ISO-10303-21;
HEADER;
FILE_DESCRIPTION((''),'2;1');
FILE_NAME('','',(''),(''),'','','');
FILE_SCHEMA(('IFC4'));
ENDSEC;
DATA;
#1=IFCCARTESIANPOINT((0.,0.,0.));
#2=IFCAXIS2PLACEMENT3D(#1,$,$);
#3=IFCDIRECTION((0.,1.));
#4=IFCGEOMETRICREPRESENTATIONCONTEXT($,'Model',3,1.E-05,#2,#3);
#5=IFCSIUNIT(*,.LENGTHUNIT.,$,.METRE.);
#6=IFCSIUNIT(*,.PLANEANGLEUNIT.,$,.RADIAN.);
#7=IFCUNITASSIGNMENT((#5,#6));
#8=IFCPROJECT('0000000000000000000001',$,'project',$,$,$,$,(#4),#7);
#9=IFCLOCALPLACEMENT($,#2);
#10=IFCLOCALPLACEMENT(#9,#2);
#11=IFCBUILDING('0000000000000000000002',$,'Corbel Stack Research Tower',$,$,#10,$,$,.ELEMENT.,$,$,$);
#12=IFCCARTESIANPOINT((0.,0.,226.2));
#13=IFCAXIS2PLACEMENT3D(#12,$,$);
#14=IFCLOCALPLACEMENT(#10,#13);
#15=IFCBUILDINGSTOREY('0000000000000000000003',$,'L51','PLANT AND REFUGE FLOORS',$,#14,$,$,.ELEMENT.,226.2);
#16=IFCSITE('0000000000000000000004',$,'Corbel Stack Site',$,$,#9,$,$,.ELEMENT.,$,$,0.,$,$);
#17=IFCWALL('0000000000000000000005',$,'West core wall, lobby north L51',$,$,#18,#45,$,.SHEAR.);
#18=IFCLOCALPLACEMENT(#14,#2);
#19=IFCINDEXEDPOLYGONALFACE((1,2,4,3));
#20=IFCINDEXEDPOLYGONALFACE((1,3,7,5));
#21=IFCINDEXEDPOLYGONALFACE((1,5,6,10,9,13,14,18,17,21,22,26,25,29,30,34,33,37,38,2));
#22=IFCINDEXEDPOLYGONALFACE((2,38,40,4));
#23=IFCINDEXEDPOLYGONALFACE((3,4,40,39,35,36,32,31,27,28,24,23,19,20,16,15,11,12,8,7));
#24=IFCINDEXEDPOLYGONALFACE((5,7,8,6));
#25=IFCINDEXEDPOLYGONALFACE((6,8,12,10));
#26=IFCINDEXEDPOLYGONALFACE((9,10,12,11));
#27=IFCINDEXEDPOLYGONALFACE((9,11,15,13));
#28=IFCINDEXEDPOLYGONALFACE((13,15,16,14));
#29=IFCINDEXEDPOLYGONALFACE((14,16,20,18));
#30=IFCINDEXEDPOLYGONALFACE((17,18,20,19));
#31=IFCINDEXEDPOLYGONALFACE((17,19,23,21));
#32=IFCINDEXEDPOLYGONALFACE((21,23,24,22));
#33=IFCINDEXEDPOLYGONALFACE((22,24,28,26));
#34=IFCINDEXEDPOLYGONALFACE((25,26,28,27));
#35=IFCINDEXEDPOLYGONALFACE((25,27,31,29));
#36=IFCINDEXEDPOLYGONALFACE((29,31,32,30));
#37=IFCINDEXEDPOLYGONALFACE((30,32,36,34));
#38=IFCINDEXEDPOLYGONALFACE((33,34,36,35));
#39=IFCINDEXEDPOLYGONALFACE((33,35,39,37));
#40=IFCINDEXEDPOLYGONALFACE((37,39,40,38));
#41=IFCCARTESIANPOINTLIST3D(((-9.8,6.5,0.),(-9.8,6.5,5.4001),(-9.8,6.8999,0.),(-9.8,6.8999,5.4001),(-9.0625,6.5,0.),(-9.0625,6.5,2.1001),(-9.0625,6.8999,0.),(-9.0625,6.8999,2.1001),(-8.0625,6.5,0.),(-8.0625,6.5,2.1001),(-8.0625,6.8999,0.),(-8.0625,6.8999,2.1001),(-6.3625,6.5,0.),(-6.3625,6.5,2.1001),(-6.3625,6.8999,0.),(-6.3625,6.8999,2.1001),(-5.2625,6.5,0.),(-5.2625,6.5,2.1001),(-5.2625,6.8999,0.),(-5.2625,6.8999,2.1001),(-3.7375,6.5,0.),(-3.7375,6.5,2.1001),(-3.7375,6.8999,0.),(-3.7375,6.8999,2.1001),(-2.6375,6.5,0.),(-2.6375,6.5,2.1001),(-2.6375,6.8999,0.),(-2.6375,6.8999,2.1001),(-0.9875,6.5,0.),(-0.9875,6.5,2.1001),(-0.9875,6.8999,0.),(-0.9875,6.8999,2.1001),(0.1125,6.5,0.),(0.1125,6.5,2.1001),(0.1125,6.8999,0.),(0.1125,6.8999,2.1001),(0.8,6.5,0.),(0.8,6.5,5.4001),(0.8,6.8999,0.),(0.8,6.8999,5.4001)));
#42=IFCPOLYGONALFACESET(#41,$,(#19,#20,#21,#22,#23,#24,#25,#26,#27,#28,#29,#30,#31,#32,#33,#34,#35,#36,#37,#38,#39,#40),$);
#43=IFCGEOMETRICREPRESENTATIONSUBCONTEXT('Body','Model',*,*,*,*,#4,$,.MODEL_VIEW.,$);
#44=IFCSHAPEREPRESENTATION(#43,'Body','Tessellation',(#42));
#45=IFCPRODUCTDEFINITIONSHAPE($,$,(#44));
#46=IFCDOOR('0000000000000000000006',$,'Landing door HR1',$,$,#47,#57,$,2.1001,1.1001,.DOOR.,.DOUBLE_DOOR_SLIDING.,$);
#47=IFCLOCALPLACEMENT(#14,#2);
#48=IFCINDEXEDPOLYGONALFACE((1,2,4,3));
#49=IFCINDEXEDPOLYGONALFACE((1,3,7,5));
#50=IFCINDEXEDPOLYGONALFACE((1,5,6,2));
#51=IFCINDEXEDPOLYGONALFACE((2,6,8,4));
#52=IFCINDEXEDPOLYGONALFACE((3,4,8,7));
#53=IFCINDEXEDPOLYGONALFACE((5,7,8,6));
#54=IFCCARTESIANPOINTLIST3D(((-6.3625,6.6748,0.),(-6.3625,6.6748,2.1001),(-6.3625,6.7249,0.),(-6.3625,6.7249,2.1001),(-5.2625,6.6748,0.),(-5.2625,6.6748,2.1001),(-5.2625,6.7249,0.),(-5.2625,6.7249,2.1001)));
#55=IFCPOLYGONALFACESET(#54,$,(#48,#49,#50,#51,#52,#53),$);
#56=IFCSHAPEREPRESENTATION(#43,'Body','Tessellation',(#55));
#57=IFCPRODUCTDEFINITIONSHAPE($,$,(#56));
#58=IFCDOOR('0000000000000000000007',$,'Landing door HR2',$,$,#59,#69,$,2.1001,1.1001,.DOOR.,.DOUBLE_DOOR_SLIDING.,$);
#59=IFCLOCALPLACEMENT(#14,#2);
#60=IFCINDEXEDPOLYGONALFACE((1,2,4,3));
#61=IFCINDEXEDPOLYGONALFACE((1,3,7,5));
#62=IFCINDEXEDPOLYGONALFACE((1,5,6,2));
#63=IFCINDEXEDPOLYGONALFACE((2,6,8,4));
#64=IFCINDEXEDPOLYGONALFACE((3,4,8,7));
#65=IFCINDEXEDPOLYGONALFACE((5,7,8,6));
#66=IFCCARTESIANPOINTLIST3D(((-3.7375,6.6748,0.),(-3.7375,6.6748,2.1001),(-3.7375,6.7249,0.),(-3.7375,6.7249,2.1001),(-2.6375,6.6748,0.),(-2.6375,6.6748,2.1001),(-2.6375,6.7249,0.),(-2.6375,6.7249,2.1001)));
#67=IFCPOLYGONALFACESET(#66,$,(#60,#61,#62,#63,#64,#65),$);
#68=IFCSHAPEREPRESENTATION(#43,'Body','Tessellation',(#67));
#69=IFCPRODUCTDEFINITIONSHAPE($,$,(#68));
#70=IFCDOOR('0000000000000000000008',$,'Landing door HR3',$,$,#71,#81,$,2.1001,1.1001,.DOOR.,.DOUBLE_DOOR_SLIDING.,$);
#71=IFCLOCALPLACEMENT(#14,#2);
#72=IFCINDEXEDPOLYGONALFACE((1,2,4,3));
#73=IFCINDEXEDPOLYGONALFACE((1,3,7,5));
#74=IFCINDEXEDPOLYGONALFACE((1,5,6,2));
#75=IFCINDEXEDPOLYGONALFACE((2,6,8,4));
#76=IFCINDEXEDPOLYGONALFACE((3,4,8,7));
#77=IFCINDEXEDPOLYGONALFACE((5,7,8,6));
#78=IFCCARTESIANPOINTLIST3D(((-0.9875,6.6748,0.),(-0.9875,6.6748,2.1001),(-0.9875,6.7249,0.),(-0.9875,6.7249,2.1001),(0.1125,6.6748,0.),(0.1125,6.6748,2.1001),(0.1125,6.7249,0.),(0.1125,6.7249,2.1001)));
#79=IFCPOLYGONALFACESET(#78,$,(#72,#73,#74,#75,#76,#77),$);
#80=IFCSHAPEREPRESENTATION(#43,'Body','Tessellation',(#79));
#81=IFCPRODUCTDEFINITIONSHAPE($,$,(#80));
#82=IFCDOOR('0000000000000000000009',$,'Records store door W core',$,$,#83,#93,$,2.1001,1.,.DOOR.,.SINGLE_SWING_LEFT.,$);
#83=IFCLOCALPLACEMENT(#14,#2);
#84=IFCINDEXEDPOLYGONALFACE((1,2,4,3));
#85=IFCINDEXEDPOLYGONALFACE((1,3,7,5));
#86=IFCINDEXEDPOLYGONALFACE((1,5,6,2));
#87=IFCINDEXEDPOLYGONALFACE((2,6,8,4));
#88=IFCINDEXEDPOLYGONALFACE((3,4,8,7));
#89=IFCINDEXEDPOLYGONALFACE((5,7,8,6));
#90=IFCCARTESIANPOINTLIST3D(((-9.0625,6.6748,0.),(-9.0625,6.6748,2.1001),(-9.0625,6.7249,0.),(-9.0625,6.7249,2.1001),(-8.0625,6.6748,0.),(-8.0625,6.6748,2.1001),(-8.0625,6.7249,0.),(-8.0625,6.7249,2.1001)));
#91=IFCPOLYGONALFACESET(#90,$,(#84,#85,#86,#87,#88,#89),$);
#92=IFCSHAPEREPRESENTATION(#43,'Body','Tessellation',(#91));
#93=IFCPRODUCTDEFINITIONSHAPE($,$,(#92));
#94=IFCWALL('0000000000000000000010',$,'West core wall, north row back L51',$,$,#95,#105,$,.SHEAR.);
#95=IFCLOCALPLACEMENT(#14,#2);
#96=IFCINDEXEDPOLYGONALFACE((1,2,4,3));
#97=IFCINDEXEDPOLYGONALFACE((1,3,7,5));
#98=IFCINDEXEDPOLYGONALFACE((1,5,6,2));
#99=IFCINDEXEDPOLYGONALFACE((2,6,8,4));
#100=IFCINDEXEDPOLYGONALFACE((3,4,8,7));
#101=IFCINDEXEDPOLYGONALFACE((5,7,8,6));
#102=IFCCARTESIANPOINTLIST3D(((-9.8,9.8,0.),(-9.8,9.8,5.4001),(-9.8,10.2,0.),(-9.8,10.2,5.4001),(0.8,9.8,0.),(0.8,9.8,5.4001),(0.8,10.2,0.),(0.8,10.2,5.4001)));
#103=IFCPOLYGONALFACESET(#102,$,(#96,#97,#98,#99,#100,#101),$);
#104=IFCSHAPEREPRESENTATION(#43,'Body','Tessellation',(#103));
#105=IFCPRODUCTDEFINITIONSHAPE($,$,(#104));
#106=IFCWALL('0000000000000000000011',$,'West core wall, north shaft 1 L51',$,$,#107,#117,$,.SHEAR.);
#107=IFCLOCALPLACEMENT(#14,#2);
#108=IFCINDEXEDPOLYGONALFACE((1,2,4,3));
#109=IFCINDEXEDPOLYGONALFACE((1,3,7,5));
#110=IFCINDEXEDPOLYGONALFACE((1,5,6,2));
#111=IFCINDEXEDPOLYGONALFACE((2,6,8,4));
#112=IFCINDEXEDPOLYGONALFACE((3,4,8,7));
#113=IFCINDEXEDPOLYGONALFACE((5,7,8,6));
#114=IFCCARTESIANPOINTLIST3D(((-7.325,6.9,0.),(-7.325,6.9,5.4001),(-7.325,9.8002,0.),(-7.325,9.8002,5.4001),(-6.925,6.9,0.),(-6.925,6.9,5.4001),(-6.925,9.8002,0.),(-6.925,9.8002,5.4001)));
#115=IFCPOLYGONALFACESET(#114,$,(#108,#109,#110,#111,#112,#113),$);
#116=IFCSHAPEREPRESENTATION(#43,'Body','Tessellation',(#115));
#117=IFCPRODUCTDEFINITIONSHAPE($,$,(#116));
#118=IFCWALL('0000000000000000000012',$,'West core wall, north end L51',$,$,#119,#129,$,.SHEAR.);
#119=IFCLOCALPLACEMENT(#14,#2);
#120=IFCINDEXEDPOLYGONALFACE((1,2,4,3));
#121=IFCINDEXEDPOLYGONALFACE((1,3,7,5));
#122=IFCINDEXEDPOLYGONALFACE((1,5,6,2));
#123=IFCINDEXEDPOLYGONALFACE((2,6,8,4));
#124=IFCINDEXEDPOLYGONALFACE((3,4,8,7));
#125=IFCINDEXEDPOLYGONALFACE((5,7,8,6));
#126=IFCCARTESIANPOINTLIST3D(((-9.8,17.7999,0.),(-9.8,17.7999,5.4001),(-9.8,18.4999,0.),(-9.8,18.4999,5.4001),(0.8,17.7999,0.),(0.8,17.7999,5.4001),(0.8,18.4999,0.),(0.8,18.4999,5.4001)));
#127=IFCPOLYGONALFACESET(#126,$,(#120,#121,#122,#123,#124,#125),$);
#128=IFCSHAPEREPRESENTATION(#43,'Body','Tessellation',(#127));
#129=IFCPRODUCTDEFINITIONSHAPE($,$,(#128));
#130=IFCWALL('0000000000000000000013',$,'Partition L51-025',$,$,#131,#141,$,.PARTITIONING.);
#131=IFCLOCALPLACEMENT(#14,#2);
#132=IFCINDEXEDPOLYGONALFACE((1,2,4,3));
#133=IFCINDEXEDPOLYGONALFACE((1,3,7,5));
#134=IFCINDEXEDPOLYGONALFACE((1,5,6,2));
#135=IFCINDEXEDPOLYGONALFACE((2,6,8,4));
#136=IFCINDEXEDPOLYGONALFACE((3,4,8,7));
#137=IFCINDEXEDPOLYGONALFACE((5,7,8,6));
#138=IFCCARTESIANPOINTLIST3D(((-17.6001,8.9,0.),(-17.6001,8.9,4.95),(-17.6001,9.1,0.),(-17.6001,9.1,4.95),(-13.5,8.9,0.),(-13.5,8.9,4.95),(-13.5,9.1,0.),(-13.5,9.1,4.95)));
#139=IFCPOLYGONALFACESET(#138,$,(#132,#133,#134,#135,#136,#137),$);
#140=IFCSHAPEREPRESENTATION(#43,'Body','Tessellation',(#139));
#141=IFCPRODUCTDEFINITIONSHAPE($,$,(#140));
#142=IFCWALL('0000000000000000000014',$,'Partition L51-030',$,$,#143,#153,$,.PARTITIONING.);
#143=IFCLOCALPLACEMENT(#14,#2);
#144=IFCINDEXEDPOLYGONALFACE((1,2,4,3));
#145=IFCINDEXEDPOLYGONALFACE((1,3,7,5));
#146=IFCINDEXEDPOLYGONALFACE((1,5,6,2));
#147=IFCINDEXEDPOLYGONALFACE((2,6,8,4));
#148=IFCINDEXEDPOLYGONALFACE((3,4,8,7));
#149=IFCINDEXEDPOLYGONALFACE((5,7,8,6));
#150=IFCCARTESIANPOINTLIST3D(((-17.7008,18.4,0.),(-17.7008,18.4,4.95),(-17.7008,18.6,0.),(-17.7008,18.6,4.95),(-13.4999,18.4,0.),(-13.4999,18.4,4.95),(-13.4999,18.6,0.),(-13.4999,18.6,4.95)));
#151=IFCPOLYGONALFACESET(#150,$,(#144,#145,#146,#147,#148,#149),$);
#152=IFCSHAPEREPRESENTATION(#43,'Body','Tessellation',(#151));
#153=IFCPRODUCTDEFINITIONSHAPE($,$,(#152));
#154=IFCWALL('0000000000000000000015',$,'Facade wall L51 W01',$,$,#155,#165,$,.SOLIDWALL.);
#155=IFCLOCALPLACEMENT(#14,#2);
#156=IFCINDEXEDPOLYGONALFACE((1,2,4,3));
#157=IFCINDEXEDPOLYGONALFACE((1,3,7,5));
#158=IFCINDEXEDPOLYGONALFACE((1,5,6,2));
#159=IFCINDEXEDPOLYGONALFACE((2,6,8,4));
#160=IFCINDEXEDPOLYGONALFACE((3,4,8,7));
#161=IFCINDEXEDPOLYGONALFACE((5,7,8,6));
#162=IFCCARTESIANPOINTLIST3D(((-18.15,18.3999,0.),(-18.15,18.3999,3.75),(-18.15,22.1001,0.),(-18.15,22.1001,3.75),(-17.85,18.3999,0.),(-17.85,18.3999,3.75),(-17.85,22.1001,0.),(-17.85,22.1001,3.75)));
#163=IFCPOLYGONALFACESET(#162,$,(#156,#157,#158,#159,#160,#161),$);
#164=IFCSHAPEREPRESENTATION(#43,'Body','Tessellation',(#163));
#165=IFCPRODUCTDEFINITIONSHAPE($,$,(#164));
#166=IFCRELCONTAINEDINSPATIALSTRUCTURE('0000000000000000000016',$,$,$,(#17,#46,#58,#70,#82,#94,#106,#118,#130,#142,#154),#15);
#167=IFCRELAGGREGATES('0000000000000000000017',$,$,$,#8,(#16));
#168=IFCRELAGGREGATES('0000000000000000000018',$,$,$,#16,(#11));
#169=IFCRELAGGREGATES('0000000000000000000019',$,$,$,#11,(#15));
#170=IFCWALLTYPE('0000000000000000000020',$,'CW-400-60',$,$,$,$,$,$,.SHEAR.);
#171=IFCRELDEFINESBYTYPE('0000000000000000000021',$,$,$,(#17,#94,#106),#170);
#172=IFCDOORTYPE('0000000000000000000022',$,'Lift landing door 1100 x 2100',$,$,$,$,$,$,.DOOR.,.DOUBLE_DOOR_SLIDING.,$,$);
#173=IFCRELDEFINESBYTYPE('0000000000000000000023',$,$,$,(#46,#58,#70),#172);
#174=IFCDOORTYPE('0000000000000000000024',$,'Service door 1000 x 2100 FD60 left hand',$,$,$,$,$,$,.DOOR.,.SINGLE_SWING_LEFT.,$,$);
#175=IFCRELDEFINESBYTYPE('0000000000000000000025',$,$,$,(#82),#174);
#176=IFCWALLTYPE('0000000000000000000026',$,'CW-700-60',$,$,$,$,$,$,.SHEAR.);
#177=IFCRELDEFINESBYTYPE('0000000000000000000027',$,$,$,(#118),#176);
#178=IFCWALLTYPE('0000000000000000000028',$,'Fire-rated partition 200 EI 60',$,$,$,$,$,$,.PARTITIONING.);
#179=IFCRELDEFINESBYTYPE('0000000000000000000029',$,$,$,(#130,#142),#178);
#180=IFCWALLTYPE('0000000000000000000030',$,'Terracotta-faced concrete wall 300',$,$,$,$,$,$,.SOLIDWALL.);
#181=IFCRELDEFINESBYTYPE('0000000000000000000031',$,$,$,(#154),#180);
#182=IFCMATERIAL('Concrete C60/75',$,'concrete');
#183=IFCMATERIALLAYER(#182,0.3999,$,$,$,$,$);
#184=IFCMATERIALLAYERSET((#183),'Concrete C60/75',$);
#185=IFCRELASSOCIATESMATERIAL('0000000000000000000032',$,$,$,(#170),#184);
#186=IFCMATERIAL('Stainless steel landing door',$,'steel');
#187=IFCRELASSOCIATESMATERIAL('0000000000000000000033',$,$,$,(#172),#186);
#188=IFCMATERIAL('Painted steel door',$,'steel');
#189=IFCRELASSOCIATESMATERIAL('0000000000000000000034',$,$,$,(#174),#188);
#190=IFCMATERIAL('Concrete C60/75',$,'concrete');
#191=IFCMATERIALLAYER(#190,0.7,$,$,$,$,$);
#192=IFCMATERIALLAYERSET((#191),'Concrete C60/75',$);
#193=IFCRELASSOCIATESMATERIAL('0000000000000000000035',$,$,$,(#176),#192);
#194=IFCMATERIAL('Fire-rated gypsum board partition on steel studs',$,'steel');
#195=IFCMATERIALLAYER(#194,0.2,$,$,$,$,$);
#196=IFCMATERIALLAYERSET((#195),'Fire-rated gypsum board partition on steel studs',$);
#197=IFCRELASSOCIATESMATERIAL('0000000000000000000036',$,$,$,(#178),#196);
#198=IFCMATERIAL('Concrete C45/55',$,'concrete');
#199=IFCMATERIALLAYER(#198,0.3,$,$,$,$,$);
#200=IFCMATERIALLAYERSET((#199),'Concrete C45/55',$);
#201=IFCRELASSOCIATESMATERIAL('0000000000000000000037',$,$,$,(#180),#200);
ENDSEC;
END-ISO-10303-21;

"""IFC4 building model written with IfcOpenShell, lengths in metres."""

from ifc_helpers import new_model, si_unit, direction, frame, frame_2d, origin, place, context, subcontext, project, spatial, rectangle, extrude, material, layer, layer_set, type_object, element, fill, save


model = new_model("IFC4")

# Units and contexts
model_context = context("Model", 3, precision=1e-05, world=origin(), true_north=direction((0.0, 1.0)))
body_context = subcontext(model_context, "Body", "Model", "MODEL_VIEW")
ifc_project = project(units=[si_unit("LENGTHUNIT", "METRE"), si_unit("PLANEANGLEUNIT", "RADIAN")], contexts=[model_context])

# Site, building, storey
site_placement = place(None, origin())
site = spatial("IfcSite", under=ifc_project, at=site_placement, Name="Corbel Stack Site", CompositionType="ELEMENT", RefElevation=0.0)
building_placement = place(site_placement, origin())
building = spatial("IfcBuilding", under=site, at=building_placement, Name="Corbel Stack Research Tower", CompositionType="ELEMENT")
storey_placement = place(building_placement, frame((0.0, 0.0, 226.2)))
storey = spatial("IfcBuildingStorey", under=building, at=storey_placement, Name="L51", Description="PLANT AND REFUGE FLOORS", CompositionType="ELEMENT", Elevation=226.2)

# Wall, openings, doors
ifc_material_1 = material(Name="Concrete C60/75", Category="concrete")
ifc_layer_1 = layer(ifc_material_1, 0.3999)
ifc_layer_set_1 = layer_set([ifc_layer_1], Name="Concrete C60/75")
wall_type_1 = type_object("IfcWallType", Name="CW-400-60", PredefinedType="SHEAR", material=ifc_layer_set_1)
ifc_material_2 = material(Name="Stainless steel landing door", Category="steel")
door_type_1 = type_object("IfcDoorType", Name="Lift landing door 1100 x 2100", OperationType="DOUBLE_DOOR_SLIDING", PredefinedType="DOOR", material=ifc_material_2)
ifc_material_3 = material(Name="Painted steel door", Category="steel")
door_type_2 = type_object("IfcDoorType", Name="Service door 1000 x 2100 FD60 left hand", OperationType="SINGLE_SWING_LEFT", PredefinedType="DOOR", material=ifc_material_3)
wall_1_placement = place(storey_placement, frame((-9.8, 6.7, 0.0), z_axis=(0.0, 0.0, 1.0), x_axis=(1.0, 0.0, 0.0)))
wall_1 = element("IfcWall", 1, at=wall_1_placement, inside=storey, type_object=wall_type_1, Name="West core wall, lobby north L51", PredefinedType="SHEAR", context=body_context, shape_type="SweptSolid", body=[
    extrude(rectangle(XDim=10.6001, YDim=0.3999, at=frame_2d((5.3, 0.0))), origin(), (0.0, 0.0, 1.0), 5.4001),
])
opening_1_placement = place(wall_1_placement, frame((3.4375, 0.0, 0.0)))
opening_1 = element("IfcOpeningElement", 2, at=opening_1_placement, cuts=wall_1, PredefinedType="OPENING", context=body_context, shape_type="SweptSolid", body=[
    extrude(rectangle(XDim=1.1001, YDim=2.1001, at=frame_2d((0.55, 1.05))), frame((0.0, 0.21, 0.0), z_axis=(0.0, -1.0, 0.0), x_axis=(1.0, 0.0, 0.0)), (0.0, 0.0, 1.0), 0.4199),
])
opening_2_placement = place(wall_1_placement, frame((6.0625, 0.0, 0.0)))
opening_2 = element("IfcOpeningElement", 3, at=opening_2_placement, cuts=wall_1, PredefinedType="OPENING", context=body_context, shape_type="SweptSolid", body=[
    extrude(rectangle(XDim=1.1001, YDim=2.1001, at=frame_2d((0.55, 1.05))), frame((0.0, 0.21, 0.0), z_axis=(0.0, -1.0, 0.0), x_axis=(1.0, 0.0, 0.0)), (0.0, 0.0, 1.0), 0.4199),
])
opening_3_placement = place(wall_1_placement, frame((8.8125, 0.0, 0.0)))
opening_3 = element("IfcOpeningElement", 4, at=opening_3_placement, cuts=wall_1, PredefinedType="OPENING", context=body_context, shape_type="SweptSolid", body=[
    extrude(rectangle(XDim=1.1001, YDim=2.1001, at=frame_2d((0.55, 1.05))), frame((0.0, 0.21, 0.0), z_axis=(0.0, -1.0, 0.0), x_axis=(1.0, 0.0, 0.0)), (0.0, 0.0, 1.0), 0.4199),
])
opening_4_placement = place(wall_1_placement, frame((0.7375, 0.0, 0.0)))
opening_4 = element("IfcOpeningElement", 5, at=opening_4_placement, cuts=wall_1, PredefinedType="OPENING", context=body_context, shape_type="SweptSolid", body=[
    extrude(rectangle(XDim=1.0, YDim=2.1001, at=frame_2d((0.5, 1.05))), frame((0.0, 0.21, 0.0), z_axis=(0.0, -1.0, 0.0), x_axis=(1.0, 0.0, 0.0)), (0.0, 0.0, 1.0), 0.4199),
])
door_1_placement = place(opening_1_placement, origin())
door_1 = element("IfcDoor", 6, at=door_1_placement, inside=storey, type_object=door_type_1, Name="Landing door HR1", OperationType="DOUBLE_DOOR_SLIDING", OverallHeight=2.1001, OverallWidth=1.1001, PredefinedType="DOOR", context=body_context, shape_type="SweptSolid", body=[
    extrude(rectangle(XDim=1.1001, YDim=2.1001, at=frame_2d((0.55, 1.05))), frame((0.0, 0.0249, 0.0), z_axis=(0.0, -1.0, 0.0), x_axis=(1.0, 0.0, 0.0)), (0.0, 0.0, 1.0), 0.05),
])
fill(opening_1, door_1)
door_2_placement = place(opening_2_placement, origin())
door_2 = element("IfcDoor", 7, at=door_2_placement, inside=storey, type_object=door_type_1, Name="Landing door HR2", OperationType="DOUBLE_DOOR_SLIDING", OverallHeight=2.1001, OverallWidth=1.1001, PredefinedType="DOOR", context=body_context, shape_type="SweptSolid", body=[
    extrude(rectangle(XDim=1.1001, YDim=2.1001, at=frame_2d((0.55, 1.05))), frame((0.0, 0.0249, 0.0), z_axis=(0.0, -1.0, 0.0), x_axis=(1.0, 0.0, 0.0)), (0.0, 0.0, 1.0), 0.05),
])
fill(opening_2, door_2)
door_3_placement = place(opening_3_placement, origin())
door_3 = element("IfcDoor", 8, at=door_3_placement, inside=storey, type_object=door_type_1, Name="Landing door HR3", OperationType="DOUBLE_DOOR_SLIDING", OverallHeight=2.1001, OverallWidth=1.1001, PredefinedType="DOOR", context=body_context, shape_type="SweptSolid", body=[
    extrude(rectangle(XDim=1.1001, YDim=2.1001, at=frame_2d((0.55, 1.05))), frame((0.0, 0.0249, 0.0), z_axis=(0.0, -1.0, 0.0), x_axis=(1.0, 0.0, 0.0)), (0.0, 0.0, 1.0), 0.05),
])
fill(opening_3, door_3)
door_4_placement = place(opening_4_placement, origin())
door_4 = element("IfcDoor", 9, at=door_4_placement, inside=storey, type_object=door_type_2, Name="Records store door W core", OperationType="SINGLE_SWING_LEFT", OverallHeight=2.1001, OverallWidth=1.0, PredefinedType="DOOR", context=body_context, shape_type="SweptSolid", body=[
    extrude(rectangle(XDim=1.0, YDim=2.1001, at=frame_2d((0.5, 1.05))), frame((0.0, 0.0249, 0.0), z_axis=(0.0, -1.0, 0.0), x_axis=(1.0, 0.0, 0.0)), (0.0, 0.0, 1.0), 0.05),
])
fill(opening_4, door_4)

# Walls
wall_2_placement = place(storey_placement, frame((-9.8, 10.0, 0.0), z_axis=(0.0, 0.0, 1.0), x_axis=(1.0, 0.0, 0.0)))
element("IfcWall", 10, at=wall_2_placement, inside=storey, type_object=wall_type_1, Name="West core wall, north row back L51", PredefinedType="SHEAR", context=body_context, shape_type="SweptSolid", body=[
    extrude(rectangle(XDim=10.6001, YDim=0.3999, at=frame_2d((5.3, 0.0))), origin(), (0.0, 0.0, 1.0), 5.4001),
])
wall_3_placement = place(storey_placement, frame((-7.125, 6.8999, 0.0), z_axis=(0.0, 0.0, 1.0), x_axis=(0.0, 1.0, 0.0)))
element("IfcWall", 11, at=wall_3_placement, inside=storey, type_object=wall_type_1, Name="West core wall, north shaft 1 L51", PredefinedType="SHEAR", context=body_context, shape_type="SweptSolid", body=[
    extrude(rectangle(XDim=2.9001, YDim=0.3999, at=frame_2d((1.4502, 0.0))), origin(), (0.0, 0.0, 1.0), 5.4001),
])
ifc_material_4 = material(Name="Concrete C60/75", Category="concrete")
ifc_layer_2 = layer(ifc_material_4, 0.7)
ifc_layer_set_2 = layer_set([ifc_layer_2], Name="Concrete C60/75")
wall_type_2 = type_object("IfcWallType", Name="CW-700-60", PredefinedType="SHEAR", material=ifc_layer_set_2)
wall_4_placement = place(storey_placement, frame((-9.8, 18.1499, 0.0), z_axis=(0.0, 0.0, 1.0), x_axis=(1.0, 0.0, 0.0)))
element("IfcWall", 12, at=wall_4_placement, inside=storey, type_object=wall_type_2, Name="West core wall, north end L51", PredefinedType="SHEAR", context=body_context, shape_type="SweptSolid", body=[
    extrude(rectangle(XDim=10.6001, YDim=0.7, at=frame_2d((5.3, 0.0))), origin(), (0.0, 0.0, 1.0), 5.4001),
])
ifc_material_5 = material(Name="Fire-rated gypsum board partition on steel studs", Category="steel")
ifc_layer_3 = layer(ifc_material_5, 0.2)
ifc_layer_set_3 = layer_set([ifc_layer_3], Name="Fire-rated gypsum board partition on steel studs")
wall_type_3 = type_object("IfcWallType", Name="Fire-rated partition 200 EI 60", PredefinedType="PARTITIONING", material=ifc_layer_set_3)
wall_5_placement = place(storey_placement, frame((-17.6001, 9.0, 0.0), z_axis=(0.0, 0.0, 1.0), x_axis=(1.0, 0.0, 0.0)))
element("IfcWall", 13, at=wall_5_placement, inside=storey, type_object=wall_type_3, Name="Partition L51-025", PredefinedType="PARTITIONING", context=body_context, shape_type="SweptSolid", body=[
    extrude(rectangle(XDim=4.1001, YDim=0.2, at=frame_2d((2.05, 0.0))), origin(), (0.0, 0.0, 1.0), 4.95),
])
wall_6_placement = place(storey_placement, frame((-17.7009, 18.5, 0.0), z_axis=(0.0, 0.0, 1.0), x_axis=(1.0, 0.0, 0.0)))
element("IfcWall", 14, at=wall_6_placement, inside=storey, type_object=wall_type_3, Name="Partition L51-030", PredefinedType="PARTITIONING", context=body_context, shape_type="SweptSolid", body=[
    extrude(rectangle(XDim=4.2009, YDim=0.2, at=frame_2d((2.1006, 0.0))), origin(), (0.0, 0.0, 1.0), 4.95),
])
ifc_material_6 = material(Name="Concrete C45/55", Category="concrete")
ifc_layer_4 = layer(ifc_material_6, 0.3)
ifc_layer_set_4 = layer_set([ifc_layer_4], Name="Concrete C45/55")
wall_type_4 = type_object("IfcWallType", Name="Terracotta-faced concrete wall 300", PredefinedType="SOLIDWALL", material=ifc_layer_set_4)
wall_7_placement = place(storey_placement, frame((-18.0, 18.3999, 0.0), z_axis=(0.0, 0.0, 1.0), x_axis=(0.0, 1.0, 0.0)))
element("IfcWall", 15, at=wall_7_placement, inside=storey, type_object=wall_type_4, Name="Facade wall L51 W01", PredefinedType="SOLIDWALL", context=body_context, shape_type="SweptSolid", body=[
    extrude(rectangle(XDim=3.7002, YDim=0.3, at=frame_2d((1.8501, 0.0))), origin(), (0.0, 0.0, 1.0), 3.75),
])

save(model, "model.ifc")
